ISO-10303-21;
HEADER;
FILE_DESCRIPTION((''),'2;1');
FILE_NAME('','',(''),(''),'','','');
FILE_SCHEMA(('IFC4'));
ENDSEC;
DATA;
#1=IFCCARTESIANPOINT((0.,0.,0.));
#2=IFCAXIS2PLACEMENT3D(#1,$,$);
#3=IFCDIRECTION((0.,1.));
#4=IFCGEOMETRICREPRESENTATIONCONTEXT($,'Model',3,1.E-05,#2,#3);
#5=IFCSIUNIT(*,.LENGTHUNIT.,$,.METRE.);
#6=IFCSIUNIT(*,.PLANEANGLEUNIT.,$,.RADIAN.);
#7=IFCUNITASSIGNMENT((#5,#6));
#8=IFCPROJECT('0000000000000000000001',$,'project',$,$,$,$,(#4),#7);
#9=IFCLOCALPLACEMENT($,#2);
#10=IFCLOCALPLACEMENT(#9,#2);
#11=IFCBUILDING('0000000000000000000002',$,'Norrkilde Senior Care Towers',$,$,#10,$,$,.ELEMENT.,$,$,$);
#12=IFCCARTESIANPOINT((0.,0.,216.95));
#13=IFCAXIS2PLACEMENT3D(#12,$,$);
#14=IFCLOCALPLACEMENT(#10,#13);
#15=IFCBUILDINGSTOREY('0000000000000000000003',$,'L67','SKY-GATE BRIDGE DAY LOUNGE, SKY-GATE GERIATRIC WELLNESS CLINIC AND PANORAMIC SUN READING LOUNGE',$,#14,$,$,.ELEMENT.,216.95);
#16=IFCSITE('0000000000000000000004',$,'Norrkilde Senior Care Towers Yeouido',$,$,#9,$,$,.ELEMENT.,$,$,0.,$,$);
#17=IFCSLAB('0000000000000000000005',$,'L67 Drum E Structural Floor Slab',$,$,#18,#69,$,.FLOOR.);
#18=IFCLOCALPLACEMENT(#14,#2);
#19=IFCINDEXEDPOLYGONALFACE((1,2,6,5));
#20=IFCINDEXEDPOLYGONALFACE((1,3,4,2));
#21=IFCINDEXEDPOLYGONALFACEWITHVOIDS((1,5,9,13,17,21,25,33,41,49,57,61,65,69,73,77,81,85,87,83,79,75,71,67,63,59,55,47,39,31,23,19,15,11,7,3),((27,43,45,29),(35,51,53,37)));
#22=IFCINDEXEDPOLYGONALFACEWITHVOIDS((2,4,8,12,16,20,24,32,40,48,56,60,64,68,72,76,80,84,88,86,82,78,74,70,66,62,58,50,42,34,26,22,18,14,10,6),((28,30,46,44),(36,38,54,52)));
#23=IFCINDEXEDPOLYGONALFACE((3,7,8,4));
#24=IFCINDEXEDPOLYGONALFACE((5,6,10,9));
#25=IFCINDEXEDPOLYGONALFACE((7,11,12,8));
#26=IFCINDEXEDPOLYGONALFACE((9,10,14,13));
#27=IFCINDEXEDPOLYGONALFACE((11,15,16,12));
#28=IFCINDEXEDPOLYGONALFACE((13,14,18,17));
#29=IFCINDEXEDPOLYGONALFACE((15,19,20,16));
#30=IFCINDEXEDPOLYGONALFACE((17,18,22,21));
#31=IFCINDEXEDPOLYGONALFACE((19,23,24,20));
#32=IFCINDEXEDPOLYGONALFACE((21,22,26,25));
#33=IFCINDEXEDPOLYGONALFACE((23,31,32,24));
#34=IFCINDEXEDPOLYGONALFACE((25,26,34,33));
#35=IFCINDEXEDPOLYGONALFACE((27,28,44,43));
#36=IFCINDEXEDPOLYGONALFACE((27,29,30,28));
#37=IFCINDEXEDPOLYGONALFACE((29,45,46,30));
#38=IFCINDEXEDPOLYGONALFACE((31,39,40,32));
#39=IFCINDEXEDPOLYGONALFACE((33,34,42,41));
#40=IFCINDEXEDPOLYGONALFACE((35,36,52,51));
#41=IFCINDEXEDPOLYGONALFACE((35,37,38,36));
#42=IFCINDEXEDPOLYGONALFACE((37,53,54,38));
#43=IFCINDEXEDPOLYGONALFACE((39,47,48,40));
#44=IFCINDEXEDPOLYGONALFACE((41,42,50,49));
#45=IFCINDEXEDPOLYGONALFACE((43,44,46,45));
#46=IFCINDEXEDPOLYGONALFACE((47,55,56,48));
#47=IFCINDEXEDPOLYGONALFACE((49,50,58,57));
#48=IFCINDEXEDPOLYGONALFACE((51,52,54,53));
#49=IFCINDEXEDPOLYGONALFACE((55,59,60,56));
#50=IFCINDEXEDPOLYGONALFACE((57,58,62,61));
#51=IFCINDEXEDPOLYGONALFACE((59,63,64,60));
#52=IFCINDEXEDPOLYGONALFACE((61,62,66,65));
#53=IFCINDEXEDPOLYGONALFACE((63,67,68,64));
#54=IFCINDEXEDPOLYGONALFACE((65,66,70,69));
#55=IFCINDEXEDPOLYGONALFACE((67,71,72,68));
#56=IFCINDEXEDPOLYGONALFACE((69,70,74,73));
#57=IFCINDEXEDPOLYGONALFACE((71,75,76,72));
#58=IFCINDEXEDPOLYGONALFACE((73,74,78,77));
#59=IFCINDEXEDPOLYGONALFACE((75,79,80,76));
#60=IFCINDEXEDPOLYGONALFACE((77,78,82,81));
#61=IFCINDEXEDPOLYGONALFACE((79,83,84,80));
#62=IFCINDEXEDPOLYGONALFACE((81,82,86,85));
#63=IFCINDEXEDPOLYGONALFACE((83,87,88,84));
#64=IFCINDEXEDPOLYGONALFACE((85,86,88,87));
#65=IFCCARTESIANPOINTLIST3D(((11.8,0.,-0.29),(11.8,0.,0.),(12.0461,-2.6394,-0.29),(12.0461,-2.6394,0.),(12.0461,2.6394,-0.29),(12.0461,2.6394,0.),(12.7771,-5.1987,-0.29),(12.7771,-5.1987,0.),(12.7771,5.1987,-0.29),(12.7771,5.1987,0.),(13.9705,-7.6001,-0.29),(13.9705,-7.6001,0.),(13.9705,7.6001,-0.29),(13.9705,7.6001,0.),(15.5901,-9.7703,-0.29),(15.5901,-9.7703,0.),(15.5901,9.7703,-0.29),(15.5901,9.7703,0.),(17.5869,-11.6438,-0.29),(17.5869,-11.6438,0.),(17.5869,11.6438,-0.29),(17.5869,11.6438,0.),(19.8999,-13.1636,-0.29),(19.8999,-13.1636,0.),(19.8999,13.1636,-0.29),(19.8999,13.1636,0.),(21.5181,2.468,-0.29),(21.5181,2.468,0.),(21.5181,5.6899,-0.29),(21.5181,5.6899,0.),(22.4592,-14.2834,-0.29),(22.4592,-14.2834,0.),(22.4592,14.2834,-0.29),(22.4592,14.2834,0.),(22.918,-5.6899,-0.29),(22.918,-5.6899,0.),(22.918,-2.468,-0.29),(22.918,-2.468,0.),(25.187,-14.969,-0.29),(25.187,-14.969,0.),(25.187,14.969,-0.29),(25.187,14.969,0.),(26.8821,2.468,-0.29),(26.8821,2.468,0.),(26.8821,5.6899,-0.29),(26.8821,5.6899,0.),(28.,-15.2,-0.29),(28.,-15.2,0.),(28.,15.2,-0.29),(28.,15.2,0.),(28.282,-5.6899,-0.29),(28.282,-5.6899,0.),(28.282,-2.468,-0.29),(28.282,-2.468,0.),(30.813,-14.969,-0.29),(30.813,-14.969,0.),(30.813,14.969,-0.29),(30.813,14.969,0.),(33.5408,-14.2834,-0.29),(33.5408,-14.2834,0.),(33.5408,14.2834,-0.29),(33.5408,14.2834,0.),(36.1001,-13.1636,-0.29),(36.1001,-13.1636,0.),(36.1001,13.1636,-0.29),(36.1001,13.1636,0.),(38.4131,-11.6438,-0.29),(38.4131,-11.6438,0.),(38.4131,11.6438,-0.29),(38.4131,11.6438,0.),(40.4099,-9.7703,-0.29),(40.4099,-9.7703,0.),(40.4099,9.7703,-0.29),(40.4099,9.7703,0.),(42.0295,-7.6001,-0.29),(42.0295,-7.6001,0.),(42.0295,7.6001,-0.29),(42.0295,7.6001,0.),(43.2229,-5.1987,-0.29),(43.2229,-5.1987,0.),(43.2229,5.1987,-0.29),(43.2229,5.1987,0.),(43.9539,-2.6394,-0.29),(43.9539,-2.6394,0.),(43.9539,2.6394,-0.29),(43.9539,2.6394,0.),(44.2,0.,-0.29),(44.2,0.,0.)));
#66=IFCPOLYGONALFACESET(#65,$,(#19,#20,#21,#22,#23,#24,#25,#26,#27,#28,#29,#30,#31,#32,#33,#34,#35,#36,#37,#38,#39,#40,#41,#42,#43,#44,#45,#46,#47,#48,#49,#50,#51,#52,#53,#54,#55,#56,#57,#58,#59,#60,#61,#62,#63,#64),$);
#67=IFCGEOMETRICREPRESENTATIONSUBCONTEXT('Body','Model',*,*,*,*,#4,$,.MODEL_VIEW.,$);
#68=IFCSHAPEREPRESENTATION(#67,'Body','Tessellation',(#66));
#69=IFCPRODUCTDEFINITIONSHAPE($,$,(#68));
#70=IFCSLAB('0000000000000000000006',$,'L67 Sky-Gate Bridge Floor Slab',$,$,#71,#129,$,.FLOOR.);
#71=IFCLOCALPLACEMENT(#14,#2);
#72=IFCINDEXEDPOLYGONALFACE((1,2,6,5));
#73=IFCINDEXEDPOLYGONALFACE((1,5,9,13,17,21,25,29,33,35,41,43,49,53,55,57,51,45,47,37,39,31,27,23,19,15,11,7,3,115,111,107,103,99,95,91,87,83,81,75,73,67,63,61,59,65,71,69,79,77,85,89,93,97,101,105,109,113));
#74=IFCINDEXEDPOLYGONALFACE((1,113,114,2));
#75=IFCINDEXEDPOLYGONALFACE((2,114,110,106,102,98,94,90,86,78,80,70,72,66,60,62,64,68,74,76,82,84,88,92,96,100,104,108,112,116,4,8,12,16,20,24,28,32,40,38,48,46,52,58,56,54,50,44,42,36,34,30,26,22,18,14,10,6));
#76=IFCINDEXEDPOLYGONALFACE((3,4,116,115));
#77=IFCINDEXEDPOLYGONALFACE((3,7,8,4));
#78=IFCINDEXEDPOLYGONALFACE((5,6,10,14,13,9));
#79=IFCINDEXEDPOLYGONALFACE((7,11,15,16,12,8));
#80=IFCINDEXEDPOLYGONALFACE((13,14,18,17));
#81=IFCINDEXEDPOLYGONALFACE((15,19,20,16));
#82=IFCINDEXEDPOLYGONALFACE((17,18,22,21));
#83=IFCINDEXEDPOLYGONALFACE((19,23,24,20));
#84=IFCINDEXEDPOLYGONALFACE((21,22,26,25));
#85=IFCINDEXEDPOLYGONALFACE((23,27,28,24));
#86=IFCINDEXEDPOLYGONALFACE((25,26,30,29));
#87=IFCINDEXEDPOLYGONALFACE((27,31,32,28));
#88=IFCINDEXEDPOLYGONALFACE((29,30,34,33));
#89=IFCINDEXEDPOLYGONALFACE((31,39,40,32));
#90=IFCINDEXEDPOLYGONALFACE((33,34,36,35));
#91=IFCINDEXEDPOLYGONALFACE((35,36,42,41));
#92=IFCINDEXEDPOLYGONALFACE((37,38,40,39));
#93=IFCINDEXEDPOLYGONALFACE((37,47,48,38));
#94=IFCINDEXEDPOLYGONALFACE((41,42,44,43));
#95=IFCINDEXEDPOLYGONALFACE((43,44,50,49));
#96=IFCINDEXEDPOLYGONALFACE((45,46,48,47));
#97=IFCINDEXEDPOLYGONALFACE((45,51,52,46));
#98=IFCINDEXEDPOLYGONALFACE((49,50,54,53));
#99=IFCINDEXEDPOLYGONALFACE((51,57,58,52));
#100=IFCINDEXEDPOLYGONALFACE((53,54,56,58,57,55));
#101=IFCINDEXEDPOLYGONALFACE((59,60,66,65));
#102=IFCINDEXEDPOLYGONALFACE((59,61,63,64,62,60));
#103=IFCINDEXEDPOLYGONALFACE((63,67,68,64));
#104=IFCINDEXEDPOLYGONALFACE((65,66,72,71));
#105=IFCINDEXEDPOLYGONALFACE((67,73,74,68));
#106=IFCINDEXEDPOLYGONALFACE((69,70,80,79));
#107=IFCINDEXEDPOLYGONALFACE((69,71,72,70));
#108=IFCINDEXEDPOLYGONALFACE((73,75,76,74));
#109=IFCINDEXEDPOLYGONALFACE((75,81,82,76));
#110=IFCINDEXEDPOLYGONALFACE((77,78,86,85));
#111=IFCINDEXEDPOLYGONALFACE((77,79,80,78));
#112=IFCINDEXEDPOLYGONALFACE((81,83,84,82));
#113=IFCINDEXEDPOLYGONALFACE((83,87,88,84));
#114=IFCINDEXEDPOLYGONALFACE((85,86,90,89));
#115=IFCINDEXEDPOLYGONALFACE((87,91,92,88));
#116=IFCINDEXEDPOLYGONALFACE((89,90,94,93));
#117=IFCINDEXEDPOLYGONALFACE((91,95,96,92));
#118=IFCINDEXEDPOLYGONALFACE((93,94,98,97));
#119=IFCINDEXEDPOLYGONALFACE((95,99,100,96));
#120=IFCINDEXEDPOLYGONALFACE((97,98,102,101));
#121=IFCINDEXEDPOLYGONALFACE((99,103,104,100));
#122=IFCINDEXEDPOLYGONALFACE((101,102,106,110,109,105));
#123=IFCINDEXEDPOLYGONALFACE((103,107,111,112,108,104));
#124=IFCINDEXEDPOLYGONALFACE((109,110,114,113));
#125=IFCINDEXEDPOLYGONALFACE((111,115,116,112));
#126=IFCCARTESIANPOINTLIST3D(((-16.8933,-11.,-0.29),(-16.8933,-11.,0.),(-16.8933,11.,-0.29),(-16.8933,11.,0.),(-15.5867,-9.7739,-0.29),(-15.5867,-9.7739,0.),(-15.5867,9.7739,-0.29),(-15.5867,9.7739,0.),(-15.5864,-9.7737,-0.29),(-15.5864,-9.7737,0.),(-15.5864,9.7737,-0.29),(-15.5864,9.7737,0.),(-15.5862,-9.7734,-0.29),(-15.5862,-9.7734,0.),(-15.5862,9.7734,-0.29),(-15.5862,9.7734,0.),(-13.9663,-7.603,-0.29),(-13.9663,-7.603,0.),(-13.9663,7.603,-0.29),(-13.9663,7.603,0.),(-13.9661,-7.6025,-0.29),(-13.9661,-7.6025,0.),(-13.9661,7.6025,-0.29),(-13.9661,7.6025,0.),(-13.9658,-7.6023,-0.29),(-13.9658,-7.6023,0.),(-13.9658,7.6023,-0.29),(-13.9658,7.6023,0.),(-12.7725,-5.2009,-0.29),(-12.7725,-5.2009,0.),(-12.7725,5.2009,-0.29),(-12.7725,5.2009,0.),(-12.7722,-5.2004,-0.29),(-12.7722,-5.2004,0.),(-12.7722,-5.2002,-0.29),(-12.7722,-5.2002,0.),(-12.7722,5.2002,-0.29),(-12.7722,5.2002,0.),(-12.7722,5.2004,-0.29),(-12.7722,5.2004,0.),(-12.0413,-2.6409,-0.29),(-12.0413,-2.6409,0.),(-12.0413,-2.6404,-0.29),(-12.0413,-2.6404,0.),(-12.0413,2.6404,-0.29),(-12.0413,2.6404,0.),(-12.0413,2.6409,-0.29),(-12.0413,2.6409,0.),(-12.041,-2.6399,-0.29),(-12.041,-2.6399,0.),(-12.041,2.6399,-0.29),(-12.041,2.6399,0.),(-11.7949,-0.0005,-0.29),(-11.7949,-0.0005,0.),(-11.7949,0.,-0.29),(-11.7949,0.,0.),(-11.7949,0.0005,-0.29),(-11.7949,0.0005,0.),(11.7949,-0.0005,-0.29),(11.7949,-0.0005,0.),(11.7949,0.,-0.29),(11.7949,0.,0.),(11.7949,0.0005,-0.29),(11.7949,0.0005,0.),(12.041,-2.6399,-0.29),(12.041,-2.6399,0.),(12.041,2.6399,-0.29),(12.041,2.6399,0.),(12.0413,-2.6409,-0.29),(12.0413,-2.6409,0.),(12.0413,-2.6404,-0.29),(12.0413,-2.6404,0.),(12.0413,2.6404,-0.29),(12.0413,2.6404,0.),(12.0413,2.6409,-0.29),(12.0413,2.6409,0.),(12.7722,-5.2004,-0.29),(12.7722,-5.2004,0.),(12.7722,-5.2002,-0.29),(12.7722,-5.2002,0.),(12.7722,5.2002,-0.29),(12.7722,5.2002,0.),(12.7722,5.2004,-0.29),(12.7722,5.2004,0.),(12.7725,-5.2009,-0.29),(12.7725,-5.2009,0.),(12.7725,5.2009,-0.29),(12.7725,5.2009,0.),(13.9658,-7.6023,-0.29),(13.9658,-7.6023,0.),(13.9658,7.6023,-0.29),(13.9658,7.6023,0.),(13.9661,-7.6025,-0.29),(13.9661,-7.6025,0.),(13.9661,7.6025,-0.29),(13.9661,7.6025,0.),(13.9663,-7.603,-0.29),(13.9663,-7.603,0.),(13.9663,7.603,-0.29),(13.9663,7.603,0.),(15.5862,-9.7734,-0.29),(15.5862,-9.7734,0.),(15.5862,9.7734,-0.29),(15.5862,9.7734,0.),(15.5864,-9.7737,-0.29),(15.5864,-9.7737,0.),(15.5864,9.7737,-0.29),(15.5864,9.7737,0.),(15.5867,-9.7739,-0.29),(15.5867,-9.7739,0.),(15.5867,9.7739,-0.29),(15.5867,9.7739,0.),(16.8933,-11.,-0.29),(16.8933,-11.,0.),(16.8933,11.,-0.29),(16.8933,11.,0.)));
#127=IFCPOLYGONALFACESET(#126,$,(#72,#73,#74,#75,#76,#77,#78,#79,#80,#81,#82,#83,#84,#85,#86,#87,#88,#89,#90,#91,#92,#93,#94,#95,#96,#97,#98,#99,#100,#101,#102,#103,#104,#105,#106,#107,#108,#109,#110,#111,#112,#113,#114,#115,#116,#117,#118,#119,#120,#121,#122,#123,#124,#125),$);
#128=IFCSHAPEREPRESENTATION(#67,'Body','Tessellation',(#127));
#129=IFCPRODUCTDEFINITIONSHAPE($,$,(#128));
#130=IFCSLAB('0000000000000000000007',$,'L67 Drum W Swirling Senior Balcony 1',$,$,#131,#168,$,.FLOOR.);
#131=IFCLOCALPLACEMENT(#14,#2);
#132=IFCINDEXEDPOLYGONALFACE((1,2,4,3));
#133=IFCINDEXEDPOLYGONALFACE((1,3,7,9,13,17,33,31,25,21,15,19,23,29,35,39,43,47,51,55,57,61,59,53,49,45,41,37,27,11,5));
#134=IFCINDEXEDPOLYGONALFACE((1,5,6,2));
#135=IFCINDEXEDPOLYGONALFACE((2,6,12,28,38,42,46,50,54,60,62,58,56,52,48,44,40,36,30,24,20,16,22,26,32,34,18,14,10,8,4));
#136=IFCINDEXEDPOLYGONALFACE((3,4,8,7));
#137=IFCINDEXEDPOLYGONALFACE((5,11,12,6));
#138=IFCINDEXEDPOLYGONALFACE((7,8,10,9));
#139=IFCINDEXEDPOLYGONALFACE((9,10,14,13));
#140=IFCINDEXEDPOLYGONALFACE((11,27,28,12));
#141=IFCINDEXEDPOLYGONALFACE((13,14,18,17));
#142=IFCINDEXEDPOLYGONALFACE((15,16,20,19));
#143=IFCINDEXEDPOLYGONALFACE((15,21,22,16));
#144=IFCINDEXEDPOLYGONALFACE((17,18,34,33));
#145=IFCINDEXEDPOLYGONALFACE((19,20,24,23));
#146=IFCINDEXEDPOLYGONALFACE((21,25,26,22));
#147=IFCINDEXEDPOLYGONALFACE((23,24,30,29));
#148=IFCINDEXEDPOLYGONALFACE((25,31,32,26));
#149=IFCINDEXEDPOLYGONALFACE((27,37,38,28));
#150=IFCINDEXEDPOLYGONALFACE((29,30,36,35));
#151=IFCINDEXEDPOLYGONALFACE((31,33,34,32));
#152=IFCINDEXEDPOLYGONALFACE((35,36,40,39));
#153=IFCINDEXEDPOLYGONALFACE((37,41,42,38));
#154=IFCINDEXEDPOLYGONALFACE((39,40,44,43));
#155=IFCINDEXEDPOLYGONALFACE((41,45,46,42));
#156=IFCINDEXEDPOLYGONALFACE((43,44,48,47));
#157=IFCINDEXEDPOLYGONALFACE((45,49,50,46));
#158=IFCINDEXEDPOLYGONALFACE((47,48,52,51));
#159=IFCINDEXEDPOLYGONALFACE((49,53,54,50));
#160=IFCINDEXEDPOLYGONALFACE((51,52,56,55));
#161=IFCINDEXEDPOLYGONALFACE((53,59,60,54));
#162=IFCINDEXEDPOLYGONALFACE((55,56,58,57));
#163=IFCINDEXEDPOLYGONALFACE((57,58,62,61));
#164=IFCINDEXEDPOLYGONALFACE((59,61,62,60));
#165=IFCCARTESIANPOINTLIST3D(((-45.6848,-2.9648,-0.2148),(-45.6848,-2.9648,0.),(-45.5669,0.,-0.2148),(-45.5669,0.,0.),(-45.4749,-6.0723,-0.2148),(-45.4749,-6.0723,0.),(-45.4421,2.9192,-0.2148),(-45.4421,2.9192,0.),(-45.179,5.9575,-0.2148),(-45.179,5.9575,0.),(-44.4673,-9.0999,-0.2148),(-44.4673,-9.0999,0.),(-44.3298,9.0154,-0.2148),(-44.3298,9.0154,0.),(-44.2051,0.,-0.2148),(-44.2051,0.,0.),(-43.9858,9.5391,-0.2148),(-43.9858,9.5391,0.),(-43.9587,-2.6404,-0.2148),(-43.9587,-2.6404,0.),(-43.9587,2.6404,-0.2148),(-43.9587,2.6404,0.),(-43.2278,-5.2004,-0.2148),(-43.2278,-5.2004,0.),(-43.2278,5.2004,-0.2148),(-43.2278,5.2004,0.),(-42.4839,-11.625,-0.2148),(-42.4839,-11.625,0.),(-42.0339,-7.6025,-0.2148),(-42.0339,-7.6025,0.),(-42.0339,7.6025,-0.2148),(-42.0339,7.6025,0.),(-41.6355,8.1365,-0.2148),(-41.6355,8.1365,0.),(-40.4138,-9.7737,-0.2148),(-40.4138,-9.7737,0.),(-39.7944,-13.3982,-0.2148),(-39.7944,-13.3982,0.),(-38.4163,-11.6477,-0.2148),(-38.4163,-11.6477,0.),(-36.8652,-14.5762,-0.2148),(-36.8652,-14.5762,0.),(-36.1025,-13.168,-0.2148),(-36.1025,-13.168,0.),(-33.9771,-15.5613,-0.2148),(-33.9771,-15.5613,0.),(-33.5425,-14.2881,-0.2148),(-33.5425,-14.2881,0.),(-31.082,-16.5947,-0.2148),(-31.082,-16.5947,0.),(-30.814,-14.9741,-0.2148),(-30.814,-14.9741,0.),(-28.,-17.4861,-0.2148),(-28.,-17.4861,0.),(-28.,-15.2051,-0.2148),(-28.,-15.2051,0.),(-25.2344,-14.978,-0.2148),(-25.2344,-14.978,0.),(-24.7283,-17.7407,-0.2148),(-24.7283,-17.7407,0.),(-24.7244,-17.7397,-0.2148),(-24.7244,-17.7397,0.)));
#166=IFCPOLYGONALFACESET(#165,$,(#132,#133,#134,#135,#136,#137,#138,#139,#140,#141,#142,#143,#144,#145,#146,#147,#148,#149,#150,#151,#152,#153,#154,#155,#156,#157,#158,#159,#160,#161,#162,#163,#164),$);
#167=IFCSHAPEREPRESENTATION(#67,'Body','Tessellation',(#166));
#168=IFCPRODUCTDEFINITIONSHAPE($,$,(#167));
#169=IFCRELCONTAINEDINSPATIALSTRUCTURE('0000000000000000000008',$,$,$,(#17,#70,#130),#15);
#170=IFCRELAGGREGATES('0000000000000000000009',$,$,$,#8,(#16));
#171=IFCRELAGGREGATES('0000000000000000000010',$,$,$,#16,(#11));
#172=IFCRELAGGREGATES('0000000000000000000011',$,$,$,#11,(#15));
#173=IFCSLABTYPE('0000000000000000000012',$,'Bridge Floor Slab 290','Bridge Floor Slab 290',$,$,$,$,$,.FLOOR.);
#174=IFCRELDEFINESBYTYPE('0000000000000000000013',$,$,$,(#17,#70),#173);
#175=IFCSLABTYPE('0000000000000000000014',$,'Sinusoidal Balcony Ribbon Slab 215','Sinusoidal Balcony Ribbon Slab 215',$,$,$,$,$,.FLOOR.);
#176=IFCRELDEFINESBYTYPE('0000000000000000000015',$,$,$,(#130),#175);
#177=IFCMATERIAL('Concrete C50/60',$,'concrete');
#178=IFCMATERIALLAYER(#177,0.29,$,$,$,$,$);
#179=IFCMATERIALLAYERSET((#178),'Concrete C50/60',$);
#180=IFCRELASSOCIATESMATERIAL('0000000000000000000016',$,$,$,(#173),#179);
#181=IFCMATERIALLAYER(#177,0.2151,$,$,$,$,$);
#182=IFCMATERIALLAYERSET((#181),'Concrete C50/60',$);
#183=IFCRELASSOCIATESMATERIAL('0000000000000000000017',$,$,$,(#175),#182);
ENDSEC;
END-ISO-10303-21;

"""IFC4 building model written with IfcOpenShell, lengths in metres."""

from ifc_helpers import new_model, si_unit, direction, frame, origin, place, context, subcontext, project, spatial, polyline, outline, extrude, material, layer, layer_set, type_object, element, save


model = new_model("IFC4")

# Units and contexts
model_context = context("Model", 3, precision=1e-05, world=origin(), true_north=direction((0.0, 1.0)))
body_context = subcontext(model_context, "Body", "Model", "MODEL_VIEW")
ifc_project = project(units=[si_unit("LENGTHUNIT", "METRE"), si_unit("PLANEANGLEUNIT", "RADIAN")], contexts=[model_context])

# Site, building, storey
site_placement = place(None, origin())
site = spatial("IfcSite", under=ifc_project, at=site_placement, Name="Norrkilde Senior Care Towers Yeouido", CompositionType="ELEMENT", RefElevation=0.0)
building_placement = place(site_placement, origin())
building = spatial("IfcBuilding", under=site, at=building_placement, Name="Norrkilde Senior Care Towers", CompositionType="ELEMENT")
storey_placement = place(building_placement, frame((0.0, 0.0, 216.95)))
storey = spatial("IfcBuildingStorey", under=building, at=storey_placement, Name="L67", Description="SKY-GATE BRIDGE DAY LOUNGE, SKY-GATE GERIATRIC WELLNESS CLINIC AND PANORAMIC SUN READING LOUNGE", CompositionType="ELEMENT", Elevation=216.95)

# Slabs
ifc_material_1 = material(Name="Concrete C50/60", Category="concrete")
ifc_layer_1 = layer(ifc_material_1, 0.29)
ifc_layer_set_1 = layer_set([ifc_layer_1], Name="Concrete C50/60")
slab_type_1 = type_object("IfcSlabType", Name="Bridge Floor Slab 290", Description="Bridge Floor Slab 290", PredefinedType="FLOOR", material=ifc_layer_set_1)
slab_1_placement = place(storey_placement, frame((0.0, 0.0, -0.29)))
element("IfcSlab", 1, at=slab_1_placement, inside=storey, type_object=slab_type_1, Name="L67 Drum E Structural Floor Slab", PredefinedType="FLOOR", context=body_context, shape_type="SweptSolid", body=[
    extrude(outline(polyline([(43.2229, -5.1987), (42.0295, -7.6001), (40.4099, -9.7703), (38.4131, -11.6438), (36.1001, -13.1636), (33.5408, -14.2834), (30.813, -14.969), (28.0, -15.2), (25.187, -14.969), (22.4592, -14.2834), (19.8999, -13.1636), (17.5869, -11.6438), (15.5901, -9.7703), (13.9705, -7.6001), (12.7771, -5.1987), (12.0461, -2.6394), (11.8, 0.0), (12.0461, 2.6394), (12.7771, 5.1987), (13.9705, 7.6001), (15.5901, 9.7703), (17.5869, 11.6438), (19.8999, 13.1636), (22.4592, 14.2834), (25.187, 14.969), (28.0, 15.2), (30.813, 14.969), (33.5408, 14.2834), (36.1001, 13.1636), (38.4131, 11.6438), (40.4099, 9.7703), (42.0295, 7.6001), (43.2229, 5.1987), (43.9539, 2.6394), (44.2, 0.0), (43.9539, -2.6394), (43.2229, -5.1987)]), holes=[polyline([(21.5181, 2.468), (26.8821, 2.468), (26.8821, 5.6899), (21.5181, 5.6899), (21.5181, 2.468)]), polyline([(28.282, -5.6899), (28.282, -2.468), (22.918, -2.468), (22.918, -5.6899), (28.282, -5.6899)])]), origin(), (0.0, 0.0, 1.0), 0.29),
])
slab_2_placement = place(storey_placement, frame((0.0, 0.0, -0.29)))
element("IfcSlab", 2, at=slab_2_placement, inside=storey, type_object=slab_type_1, Name="L67 Sky-Gate Bridge Floor Slab", PredefinedType="FLOOR", context=body_context, shape_type="SweptSolid", body=[
    extrude(outline(polyline([(16.8933, 11.0), (15.5867, 9.7739), (15.5864, 9.7737), (15.5862, 9.7734), (13.9663, 7.603), (13.9661, 7.6025), (13.9658, 7.6023), (12.7725, 5.2009), (12.7722, 5.2004), (12.7722, 5.2002), (12.0413, 2.6409), (12.0413, 2.6404), (12.041, 2.6399), (11.7949, 0.0005), (11.7949, 0.0), (11.7949, -0.0005), (12.041, -2.6399), (12.0413, -2.6404), (12.0413, -2.6409), (12.7722, -5.2002), (12.7722, -5.2004), (12.7725, -5.2009), (13.9658, -7.6023), (13.9661, -7.6025), (13.9663, -7.603), (15.5862, -9.7734), (15.5864, -9.7737), (15.5867, -9.7739), (16.8933, -11.0), (-16.8933, -11.0), (-15.5867, -9.7739), (-15.5864, -9.7737), (-15.5862, -9.7734), (-13.9663, -7.603), (-13.9661, -7.6025), (-13.9658, -7.6023), (-12.7725, -5.2009), (-12.7722, -5.2004), (-12.7722, -5.2002), (-12.0413, -2.6409), (-12.0413, -2.6404), (-12.041, -2.6399), (-11.7949, -0.0005), (-11.7949, 0.0), (-11.7949, 0.0005), (-12.041, 2.6399), (-12.0413, 2.6404), (-12.0413, 2.6409), (-12.7722, 5.2002), (-12.7722, 5.2004), (-12.7725, 5.2009), (-13.9658, 7.6023), (-13.9661, 7.6025), (-13.9663, 7.603), (-15.5862, 9.7734), (-15.5864, 9.7737), (-15.5867, 9.7739), (-16.8933, 11.0), (16.8933, 11.0)])), origin(), (0.0, 0.0, 1.0), 0.29),
])
ifc_layer_2 = layer(ifc_material_1, 0.2151)
ifc_layer_set_2 = layer_set([ifc_layer_2], Name="Concrete C50/60")
slab_type_2 = type_object("IfcSlabType", Name="Sinusoidal Balcony Ribbon Slab 215", Description="Sinusoidal Balcony Ribbon Slab 215", PredefinedType="FLOOR", material=ifc_layer_set_2)
slab_3_placement = place(storey_placement, frame((0.0, 0.0, -0.2148)))
element("IfcSlab", 3, at=slab_3_placement, inside=storey, type_object=slab_type_2, Name="L67 Drum W Swirling Senior Balcony 1", PredefinedType="FLOOR", context=body_context, shape_type="SweptSolid", body=[
    extrude(outline(polyline([(-31.082, -16.5947), (-33.9771, -15.5613), (-36.8652, -14.5762), (-39.7944, -13.3982), (-42.4839, -11.625), (-44.4673, -9.0999), (-45.4749, -6.0723), (-45.6848, -2.9648), (-45.5669, 0.0), (-45.4421, 2.9192), (-45.179, 5.9575), (-44.3298, 9.0154), (-43.9858, 9.5391), (-41.6355, 8.1365), (-42.0339, 7.6025), (-43.2278, 5.2004), (-43.9587, 2.6404), (-44.2051, 0.0), (-43.9587, -2.6404), (-43.2278, -5.2004), (-42.0339, -7.6025), (-40.4138, -9.7737), (-38.4163, -11.6477), (-36.1025, -13.168), (-33.5425, -14.2881), (-30.814, -14.9741), (-28.0, -15.2051), (-25.2344, -14.978), (-24.7244, -17.7397), (-24.7283, -17.7407), (-28.0, -17.4861), (-31.082, -16.5947)])), origin(), (0.0, 0.0, 1.0), 0.2148),
])

save(model, "model.ifc")
